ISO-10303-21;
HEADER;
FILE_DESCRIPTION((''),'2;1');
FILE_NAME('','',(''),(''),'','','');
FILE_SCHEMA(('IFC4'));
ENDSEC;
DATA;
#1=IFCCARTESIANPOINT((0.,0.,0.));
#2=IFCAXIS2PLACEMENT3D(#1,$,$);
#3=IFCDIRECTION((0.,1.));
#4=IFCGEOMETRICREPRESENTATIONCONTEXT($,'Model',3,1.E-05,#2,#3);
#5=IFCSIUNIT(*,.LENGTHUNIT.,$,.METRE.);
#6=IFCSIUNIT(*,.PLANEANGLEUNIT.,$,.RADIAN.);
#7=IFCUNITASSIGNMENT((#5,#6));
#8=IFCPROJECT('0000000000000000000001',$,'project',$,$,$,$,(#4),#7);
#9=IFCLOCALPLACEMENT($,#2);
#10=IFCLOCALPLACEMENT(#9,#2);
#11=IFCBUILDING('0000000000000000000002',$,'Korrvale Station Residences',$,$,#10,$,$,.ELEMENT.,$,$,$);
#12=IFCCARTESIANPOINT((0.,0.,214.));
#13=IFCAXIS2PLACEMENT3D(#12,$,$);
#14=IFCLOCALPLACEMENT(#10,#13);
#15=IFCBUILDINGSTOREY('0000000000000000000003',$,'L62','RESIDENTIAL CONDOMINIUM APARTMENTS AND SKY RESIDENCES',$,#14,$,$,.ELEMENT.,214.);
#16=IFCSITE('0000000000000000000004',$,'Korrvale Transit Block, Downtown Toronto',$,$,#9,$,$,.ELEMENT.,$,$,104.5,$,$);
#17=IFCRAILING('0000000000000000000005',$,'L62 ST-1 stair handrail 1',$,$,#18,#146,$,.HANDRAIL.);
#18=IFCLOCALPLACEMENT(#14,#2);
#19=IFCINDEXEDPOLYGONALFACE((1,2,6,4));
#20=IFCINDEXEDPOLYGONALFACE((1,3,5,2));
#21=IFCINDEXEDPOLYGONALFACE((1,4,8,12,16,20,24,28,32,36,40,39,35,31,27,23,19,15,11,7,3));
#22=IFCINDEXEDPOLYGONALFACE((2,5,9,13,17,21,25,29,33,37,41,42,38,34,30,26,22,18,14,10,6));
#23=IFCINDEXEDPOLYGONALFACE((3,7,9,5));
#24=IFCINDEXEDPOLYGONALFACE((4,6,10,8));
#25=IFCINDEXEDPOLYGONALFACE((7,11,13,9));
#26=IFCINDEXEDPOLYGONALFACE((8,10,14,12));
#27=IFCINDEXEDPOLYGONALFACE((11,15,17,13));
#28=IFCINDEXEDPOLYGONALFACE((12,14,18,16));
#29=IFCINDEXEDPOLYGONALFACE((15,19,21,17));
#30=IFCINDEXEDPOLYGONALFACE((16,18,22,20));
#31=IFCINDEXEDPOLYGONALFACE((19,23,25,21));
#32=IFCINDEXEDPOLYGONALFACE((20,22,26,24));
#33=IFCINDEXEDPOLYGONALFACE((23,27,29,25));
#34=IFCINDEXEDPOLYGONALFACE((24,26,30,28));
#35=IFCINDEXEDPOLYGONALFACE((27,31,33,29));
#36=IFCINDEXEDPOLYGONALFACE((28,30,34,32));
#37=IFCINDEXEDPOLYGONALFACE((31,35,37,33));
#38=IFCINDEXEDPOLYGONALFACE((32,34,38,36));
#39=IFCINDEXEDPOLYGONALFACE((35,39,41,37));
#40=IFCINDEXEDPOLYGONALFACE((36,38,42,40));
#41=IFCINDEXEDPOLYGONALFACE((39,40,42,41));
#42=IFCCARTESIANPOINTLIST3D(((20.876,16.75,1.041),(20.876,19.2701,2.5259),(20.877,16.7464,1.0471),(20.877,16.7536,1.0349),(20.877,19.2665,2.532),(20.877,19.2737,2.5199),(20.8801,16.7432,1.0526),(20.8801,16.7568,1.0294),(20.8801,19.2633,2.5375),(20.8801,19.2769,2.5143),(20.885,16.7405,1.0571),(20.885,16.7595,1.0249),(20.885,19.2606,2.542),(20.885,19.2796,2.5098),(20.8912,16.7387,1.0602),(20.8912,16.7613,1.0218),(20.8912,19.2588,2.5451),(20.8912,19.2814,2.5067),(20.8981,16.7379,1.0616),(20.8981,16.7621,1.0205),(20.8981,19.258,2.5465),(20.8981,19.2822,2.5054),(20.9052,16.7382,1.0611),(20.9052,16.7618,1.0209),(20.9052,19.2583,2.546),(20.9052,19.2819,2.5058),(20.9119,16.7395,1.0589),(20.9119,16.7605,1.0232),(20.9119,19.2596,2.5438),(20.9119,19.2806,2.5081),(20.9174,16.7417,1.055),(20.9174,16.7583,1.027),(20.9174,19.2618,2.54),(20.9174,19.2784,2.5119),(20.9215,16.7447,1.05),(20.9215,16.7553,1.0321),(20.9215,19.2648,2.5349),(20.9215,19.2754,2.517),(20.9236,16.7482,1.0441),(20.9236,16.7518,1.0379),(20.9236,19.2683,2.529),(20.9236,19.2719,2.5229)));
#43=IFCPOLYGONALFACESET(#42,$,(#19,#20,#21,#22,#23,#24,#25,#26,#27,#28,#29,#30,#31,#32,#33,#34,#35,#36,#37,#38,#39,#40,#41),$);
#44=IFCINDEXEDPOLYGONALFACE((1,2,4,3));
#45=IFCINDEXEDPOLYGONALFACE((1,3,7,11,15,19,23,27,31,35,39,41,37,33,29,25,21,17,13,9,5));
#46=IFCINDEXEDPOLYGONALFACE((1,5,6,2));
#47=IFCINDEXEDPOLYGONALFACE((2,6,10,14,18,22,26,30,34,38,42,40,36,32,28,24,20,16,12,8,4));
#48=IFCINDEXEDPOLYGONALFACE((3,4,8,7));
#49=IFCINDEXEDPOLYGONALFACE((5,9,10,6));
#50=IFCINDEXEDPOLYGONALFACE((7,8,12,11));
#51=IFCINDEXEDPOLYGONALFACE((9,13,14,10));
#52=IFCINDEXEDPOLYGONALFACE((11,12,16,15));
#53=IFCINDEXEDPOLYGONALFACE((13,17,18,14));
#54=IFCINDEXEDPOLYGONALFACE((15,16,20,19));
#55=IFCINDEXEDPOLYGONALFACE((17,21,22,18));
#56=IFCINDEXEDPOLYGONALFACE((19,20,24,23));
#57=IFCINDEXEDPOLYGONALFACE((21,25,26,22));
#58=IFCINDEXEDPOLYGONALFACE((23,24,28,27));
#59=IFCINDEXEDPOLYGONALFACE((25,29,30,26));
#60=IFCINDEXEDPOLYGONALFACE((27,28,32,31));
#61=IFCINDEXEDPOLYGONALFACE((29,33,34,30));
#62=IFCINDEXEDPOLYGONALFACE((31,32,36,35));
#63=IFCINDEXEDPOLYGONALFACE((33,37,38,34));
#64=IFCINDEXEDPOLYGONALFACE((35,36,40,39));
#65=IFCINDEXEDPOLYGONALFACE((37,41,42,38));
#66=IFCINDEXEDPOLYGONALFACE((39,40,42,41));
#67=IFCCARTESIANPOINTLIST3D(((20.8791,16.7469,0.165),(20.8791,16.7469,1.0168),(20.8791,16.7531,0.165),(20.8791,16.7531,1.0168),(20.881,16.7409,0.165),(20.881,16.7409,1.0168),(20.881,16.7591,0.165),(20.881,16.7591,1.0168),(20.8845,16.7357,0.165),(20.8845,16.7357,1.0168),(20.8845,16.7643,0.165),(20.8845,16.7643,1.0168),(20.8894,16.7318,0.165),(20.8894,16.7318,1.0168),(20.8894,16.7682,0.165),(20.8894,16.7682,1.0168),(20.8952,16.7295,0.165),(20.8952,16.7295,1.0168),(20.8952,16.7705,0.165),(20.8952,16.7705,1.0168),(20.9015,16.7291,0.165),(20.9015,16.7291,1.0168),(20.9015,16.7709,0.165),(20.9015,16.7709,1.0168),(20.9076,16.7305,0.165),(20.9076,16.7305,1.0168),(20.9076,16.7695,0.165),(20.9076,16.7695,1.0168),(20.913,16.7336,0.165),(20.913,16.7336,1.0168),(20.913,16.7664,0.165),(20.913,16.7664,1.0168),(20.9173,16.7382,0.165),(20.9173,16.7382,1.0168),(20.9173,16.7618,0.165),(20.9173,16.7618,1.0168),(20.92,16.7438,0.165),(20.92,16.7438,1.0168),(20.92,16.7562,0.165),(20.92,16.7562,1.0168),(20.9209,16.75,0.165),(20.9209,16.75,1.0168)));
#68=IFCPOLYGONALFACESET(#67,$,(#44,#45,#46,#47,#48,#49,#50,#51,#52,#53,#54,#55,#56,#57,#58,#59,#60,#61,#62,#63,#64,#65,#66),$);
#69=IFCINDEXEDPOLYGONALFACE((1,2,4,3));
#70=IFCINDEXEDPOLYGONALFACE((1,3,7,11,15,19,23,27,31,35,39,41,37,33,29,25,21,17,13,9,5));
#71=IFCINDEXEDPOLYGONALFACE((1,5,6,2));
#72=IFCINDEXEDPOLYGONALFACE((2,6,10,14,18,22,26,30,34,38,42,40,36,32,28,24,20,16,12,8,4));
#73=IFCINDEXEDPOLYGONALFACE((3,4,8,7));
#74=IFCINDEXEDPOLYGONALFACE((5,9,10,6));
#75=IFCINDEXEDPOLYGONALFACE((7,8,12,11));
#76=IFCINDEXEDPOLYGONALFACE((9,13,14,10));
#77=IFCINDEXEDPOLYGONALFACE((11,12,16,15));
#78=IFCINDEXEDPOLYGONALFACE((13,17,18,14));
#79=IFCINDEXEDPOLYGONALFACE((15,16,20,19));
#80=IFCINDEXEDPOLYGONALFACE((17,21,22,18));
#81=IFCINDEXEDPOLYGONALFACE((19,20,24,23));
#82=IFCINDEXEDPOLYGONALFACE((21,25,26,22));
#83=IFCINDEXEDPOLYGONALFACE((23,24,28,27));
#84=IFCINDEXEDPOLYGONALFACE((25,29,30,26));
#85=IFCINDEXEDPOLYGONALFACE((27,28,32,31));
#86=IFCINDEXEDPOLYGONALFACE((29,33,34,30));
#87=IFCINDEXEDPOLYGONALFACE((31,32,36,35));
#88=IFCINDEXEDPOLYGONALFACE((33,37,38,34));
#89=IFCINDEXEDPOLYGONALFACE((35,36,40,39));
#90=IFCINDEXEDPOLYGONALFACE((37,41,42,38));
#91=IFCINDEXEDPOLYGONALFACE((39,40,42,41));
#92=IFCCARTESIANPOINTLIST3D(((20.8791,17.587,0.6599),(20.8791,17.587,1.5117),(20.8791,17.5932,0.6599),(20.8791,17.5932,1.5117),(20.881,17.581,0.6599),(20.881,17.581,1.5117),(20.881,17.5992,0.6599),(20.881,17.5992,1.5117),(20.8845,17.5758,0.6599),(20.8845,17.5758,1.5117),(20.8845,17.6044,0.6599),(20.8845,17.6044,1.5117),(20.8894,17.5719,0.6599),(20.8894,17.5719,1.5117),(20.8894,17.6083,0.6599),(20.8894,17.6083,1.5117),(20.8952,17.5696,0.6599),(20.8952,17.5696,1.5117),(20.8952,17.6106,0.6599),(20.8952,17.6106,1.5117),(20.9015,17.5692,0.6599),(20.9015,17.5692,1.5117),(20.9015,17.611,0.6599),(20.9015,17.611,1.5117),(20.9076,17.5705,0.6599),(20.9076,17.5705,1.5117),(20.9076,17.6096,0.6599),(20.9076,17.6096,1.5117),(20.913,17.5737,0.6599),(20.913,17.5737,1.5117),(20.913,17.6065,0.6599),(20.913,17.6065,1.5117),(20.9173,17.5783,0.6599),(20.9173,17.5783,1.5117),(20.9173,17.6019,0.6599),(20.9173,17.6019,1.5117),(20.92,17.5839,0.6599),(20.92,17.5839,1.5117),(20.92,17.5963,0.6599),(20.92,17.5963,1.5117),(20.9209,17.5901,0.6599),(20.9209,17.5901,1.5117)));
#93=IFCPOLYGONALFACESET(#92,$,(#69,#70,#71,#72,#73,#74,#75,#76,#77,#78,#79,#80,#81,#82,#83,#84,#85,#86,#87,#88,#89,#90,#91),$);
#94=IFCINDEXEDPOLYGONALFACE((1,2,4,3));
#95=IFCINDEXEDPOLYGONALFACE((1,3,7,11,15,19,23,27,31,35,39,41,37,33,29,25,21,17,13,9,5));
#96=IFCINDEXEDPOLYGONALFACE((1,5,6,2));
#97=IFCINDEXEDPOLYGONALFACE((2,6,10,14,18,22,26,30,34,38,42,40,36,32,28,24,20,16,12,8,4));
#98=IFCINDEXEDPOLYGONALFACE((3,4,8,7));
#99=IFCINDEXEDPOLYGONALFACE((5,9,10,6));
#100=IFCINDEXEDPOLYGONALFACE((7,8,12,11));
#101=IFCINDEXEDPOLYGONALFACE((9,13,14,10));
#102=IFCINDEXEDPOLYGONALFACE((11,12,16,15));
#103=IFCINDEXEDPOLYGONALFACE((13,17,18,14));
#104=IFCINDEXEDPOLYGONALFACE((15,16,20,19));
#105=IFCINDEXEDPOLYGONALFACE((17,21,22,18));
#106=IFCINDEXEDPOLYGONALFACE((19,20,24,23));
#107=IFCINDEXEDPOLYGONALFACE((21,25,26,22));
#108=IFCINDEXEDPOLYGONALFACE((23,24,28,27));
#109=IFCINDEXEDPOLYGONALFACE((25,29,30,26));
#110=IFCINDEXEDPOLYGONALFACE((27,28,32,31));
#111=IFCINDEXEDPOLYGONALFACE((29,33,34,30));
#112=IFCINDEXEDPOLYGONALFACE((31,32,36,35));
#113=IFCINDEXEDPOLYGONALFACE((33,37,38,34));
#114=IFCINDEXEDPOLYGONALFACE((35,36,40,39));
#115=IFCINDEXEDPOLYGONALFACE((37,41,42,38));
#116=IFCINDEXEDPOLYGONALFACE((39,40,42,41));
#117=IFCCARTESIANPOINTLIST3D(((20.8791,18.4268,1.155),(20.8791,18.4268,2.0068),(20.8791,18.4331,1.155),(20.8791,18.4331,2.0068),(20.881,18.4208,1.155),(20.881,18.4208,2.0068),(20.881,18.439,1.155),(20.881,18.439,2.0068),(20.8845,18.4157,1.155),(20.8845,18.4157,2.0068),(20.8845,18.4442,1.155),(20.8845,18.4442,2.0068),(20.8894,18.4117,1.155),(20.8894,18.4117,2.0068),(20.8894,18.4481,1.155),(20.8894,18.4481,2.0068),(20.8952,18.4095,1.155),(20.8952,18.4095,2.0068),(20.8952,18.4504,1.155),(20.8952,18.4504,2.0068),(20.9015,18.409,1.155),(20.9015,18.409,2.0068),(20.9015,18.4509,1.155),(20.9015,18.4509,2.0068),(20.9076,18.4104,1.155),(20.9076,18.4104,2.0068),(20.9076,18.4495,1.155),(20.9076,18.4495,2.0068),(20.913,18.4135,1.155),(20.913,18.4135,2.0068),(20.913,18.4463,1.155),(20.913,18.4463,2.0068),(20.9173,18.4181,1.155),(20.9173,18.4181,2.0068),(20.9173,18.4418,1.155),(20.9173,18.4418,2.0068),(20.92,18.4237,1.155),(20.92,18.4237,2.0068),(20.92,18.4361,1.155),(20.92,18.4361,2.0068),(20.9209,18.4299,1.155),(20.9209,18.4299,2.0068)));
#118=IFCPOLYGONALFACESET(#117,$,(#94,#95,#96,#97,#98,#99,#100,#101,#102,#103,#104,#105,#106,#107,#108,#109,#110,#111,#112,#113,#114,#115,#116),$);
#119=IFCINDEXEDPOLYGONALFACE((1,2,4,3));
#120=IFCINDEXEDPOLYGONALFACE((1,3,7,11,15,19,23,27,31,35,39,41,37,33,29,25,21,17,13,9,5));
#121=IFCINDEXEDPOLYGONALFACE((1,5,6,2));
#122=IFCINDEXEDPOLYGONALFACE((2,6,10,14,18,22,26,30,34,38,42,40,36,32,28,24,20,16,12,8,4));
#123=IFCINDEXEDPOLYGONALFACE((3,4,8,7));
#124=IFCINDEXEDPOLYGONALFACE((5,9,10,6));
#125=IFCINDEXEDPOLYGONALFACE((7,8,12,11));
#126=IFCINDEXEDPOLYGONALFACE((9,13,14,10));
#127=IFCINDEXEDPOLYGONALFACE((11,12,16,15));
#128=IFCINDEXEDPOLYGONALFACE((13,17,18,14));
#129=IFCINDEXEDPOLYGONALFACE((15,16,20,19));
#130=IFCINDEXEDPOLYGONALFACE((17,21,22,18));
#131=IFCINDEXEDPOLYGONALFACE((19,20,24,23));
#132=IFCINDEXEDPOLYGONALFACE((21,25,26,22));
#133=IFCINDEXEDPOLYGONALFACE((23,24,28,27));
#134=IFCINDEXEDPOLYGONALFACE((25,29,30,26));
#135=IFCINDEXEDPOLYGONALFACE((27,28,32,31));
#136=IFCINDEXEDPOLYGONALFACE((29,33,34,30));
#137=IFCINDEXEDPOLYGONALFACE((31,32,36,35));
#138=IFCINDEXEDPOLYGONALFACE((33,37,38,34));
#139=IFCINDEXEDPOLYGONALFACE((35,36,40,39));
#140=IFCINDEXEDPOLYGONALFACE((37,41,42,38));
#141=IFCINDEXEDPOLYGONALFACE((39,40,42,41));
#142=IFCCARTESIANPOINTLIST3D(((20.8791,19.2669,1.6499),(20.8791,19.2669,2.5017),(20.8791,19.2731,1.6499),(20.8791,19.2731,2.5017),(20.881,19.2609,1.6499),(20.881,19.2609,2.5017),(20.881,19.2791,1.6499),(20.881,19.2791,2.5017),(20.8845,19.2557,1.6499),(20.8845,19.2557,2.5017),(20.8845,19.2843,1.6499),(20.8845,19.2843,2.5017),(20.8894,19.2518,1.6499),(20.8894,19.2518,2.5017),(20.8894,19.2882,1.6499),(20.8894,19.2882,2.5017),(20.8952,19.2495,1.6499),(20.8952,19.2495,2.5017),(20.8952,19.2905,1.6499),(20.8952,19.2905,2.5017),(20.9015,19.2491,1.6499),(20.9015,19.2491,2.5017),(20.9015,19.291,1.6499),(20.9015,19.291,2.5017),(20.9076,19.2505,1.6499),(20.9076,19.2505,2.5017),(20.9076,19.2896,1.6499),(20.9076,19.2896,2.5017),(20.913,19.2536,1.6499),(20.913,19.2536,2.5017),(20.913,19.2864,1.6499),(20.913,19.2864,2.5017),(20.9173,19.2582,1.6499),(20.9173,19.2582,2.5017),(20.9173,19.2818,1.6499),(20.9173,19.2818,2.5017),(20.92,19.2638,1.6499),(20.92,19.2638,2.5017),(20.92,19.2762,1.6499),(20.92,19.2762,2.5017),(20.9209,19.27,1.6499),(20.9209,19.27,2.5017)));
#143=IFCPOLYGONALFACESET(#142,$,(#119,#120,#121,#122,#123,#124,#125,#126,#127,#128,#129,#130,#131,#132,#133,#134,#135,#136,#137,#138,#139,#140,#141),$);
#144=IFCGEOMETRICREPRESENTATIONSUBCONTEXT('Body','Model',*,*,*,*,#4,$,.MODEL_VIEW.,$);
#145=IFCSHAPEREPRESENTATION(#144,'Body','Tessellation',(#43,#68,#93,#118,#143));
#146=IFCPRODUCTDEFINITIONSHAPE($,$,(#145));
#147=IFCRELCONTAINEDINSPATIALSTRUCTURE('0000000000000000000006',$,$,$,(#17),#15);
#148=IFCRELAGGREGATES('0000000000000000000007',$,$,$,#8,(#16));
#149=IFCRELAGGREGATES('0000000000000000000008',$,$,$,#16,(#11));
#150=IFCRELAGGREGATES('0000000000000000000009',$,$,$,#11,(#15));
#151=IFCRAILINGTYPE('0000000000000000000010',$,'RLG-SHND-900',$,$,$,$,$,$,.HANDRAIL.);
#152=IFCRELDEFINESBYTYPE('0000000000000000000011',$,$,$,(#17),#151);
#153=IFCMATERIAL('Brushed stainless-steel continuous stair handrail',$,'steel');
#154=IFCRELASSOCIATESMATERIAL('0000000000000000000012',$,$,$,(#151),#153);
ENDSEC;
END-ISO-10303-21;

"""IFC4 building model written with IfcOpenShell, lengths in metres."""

from ifc_helpers import new_model, si_unit, direction, frame, origin, origin_2d, place, context, subcontext, project, spatial, circle, extrude, material, type_object, element, save


model = new_model("IFC4")

# Units and contexts
model_context = context("Model", 3, precision=1e-05, world=origin(), true_north=direction((0.0, 1.0)))
body_context = subcontext(model_context, "Body", "Model", "MODEL_VIEW")
ifc_project = project(units=[si_unit("LENGTHUNIT", "METRE"), si_unit("PLANEANGLEUNIT", "RADIAN")], contexts=[model_context])

# Site, building, storey
site_placement = place(None, origin())
site = spatial("IfcSite", under=ifc_project, at=site_placement, Name="Korrvale Transit Block, Downtown Toronto", CompositionType="ELEMENT", RefElevation=104.5)
building_placement = place(site_placement, origin())
building = spatial("IfcBuilding", under=site, at=building_placement, Name="Korrvale Station Residences", CompositionType="ELEMENT")
storey_placement = place(building_placement, frame((0.0, 0.0, 214.0)))
storey = spatial("IfcBuildingStorey", under=building, at=storey_placement, Name="L62", Description="RESIDENTIAL CONDOMINIUM APARTMENTS AND SKY RESIDENCES", CompositionType="ELEMENT", Elevation=214.0)

# Railing
ifc_material_1 = material(Name="Brushed stainless-steel continuous stair handrail", Category="steel")
railing_type_1 = type_object("IfcRailingType", Name="RLG-SHND-900", PredefinedType="HANDRAIL", material=ifc_material_1)
railing_1_placement = place(storey_placement, frame((20.8999, 16.75, 0.165)))
element("IfcRailing", 1, at=railing_1_placement, inside=storey, type_object=railing_type_1, Name="L62 ST-1 stair handrail 1", PredefinedType="HANDRAIL", context=body_context, shape_type="SweptSolid", body=[
    extrude(circle(Radius=0.0239, at=origin_2d()), frame((0.0, 0.0, 0.876), z_axis=(0.0, 0.861561, 0.507655), x_axis=(-1.0, 0.0, 0.0)), (0.0, 0.0, 1.0), 2.925),
    extrude(circle(Radius=0.021, at=origin_2d()), origin(), (0.0, 0.0, 1.0), 0.8518),
    extrude(circle(Radius=0.021, at=origin_2d()), frame((0.0, 0.8401, 0.4949)), (0.0, 0.0, 1.0), 0.8518),
    extrude(circle(Radius=0.021, at=origin_2d()), frame((0.0, 1.6799, 0.99)), (0.0, 0.0, 1.0), 0.8518),
    extrude(circle(Radius=0.021, at=origin_2d()), frame((0.0, 2.52, 1.4849)), (0.0, 0.0, 1.0), 0.8518),
])

save(model, "model.ifc")
